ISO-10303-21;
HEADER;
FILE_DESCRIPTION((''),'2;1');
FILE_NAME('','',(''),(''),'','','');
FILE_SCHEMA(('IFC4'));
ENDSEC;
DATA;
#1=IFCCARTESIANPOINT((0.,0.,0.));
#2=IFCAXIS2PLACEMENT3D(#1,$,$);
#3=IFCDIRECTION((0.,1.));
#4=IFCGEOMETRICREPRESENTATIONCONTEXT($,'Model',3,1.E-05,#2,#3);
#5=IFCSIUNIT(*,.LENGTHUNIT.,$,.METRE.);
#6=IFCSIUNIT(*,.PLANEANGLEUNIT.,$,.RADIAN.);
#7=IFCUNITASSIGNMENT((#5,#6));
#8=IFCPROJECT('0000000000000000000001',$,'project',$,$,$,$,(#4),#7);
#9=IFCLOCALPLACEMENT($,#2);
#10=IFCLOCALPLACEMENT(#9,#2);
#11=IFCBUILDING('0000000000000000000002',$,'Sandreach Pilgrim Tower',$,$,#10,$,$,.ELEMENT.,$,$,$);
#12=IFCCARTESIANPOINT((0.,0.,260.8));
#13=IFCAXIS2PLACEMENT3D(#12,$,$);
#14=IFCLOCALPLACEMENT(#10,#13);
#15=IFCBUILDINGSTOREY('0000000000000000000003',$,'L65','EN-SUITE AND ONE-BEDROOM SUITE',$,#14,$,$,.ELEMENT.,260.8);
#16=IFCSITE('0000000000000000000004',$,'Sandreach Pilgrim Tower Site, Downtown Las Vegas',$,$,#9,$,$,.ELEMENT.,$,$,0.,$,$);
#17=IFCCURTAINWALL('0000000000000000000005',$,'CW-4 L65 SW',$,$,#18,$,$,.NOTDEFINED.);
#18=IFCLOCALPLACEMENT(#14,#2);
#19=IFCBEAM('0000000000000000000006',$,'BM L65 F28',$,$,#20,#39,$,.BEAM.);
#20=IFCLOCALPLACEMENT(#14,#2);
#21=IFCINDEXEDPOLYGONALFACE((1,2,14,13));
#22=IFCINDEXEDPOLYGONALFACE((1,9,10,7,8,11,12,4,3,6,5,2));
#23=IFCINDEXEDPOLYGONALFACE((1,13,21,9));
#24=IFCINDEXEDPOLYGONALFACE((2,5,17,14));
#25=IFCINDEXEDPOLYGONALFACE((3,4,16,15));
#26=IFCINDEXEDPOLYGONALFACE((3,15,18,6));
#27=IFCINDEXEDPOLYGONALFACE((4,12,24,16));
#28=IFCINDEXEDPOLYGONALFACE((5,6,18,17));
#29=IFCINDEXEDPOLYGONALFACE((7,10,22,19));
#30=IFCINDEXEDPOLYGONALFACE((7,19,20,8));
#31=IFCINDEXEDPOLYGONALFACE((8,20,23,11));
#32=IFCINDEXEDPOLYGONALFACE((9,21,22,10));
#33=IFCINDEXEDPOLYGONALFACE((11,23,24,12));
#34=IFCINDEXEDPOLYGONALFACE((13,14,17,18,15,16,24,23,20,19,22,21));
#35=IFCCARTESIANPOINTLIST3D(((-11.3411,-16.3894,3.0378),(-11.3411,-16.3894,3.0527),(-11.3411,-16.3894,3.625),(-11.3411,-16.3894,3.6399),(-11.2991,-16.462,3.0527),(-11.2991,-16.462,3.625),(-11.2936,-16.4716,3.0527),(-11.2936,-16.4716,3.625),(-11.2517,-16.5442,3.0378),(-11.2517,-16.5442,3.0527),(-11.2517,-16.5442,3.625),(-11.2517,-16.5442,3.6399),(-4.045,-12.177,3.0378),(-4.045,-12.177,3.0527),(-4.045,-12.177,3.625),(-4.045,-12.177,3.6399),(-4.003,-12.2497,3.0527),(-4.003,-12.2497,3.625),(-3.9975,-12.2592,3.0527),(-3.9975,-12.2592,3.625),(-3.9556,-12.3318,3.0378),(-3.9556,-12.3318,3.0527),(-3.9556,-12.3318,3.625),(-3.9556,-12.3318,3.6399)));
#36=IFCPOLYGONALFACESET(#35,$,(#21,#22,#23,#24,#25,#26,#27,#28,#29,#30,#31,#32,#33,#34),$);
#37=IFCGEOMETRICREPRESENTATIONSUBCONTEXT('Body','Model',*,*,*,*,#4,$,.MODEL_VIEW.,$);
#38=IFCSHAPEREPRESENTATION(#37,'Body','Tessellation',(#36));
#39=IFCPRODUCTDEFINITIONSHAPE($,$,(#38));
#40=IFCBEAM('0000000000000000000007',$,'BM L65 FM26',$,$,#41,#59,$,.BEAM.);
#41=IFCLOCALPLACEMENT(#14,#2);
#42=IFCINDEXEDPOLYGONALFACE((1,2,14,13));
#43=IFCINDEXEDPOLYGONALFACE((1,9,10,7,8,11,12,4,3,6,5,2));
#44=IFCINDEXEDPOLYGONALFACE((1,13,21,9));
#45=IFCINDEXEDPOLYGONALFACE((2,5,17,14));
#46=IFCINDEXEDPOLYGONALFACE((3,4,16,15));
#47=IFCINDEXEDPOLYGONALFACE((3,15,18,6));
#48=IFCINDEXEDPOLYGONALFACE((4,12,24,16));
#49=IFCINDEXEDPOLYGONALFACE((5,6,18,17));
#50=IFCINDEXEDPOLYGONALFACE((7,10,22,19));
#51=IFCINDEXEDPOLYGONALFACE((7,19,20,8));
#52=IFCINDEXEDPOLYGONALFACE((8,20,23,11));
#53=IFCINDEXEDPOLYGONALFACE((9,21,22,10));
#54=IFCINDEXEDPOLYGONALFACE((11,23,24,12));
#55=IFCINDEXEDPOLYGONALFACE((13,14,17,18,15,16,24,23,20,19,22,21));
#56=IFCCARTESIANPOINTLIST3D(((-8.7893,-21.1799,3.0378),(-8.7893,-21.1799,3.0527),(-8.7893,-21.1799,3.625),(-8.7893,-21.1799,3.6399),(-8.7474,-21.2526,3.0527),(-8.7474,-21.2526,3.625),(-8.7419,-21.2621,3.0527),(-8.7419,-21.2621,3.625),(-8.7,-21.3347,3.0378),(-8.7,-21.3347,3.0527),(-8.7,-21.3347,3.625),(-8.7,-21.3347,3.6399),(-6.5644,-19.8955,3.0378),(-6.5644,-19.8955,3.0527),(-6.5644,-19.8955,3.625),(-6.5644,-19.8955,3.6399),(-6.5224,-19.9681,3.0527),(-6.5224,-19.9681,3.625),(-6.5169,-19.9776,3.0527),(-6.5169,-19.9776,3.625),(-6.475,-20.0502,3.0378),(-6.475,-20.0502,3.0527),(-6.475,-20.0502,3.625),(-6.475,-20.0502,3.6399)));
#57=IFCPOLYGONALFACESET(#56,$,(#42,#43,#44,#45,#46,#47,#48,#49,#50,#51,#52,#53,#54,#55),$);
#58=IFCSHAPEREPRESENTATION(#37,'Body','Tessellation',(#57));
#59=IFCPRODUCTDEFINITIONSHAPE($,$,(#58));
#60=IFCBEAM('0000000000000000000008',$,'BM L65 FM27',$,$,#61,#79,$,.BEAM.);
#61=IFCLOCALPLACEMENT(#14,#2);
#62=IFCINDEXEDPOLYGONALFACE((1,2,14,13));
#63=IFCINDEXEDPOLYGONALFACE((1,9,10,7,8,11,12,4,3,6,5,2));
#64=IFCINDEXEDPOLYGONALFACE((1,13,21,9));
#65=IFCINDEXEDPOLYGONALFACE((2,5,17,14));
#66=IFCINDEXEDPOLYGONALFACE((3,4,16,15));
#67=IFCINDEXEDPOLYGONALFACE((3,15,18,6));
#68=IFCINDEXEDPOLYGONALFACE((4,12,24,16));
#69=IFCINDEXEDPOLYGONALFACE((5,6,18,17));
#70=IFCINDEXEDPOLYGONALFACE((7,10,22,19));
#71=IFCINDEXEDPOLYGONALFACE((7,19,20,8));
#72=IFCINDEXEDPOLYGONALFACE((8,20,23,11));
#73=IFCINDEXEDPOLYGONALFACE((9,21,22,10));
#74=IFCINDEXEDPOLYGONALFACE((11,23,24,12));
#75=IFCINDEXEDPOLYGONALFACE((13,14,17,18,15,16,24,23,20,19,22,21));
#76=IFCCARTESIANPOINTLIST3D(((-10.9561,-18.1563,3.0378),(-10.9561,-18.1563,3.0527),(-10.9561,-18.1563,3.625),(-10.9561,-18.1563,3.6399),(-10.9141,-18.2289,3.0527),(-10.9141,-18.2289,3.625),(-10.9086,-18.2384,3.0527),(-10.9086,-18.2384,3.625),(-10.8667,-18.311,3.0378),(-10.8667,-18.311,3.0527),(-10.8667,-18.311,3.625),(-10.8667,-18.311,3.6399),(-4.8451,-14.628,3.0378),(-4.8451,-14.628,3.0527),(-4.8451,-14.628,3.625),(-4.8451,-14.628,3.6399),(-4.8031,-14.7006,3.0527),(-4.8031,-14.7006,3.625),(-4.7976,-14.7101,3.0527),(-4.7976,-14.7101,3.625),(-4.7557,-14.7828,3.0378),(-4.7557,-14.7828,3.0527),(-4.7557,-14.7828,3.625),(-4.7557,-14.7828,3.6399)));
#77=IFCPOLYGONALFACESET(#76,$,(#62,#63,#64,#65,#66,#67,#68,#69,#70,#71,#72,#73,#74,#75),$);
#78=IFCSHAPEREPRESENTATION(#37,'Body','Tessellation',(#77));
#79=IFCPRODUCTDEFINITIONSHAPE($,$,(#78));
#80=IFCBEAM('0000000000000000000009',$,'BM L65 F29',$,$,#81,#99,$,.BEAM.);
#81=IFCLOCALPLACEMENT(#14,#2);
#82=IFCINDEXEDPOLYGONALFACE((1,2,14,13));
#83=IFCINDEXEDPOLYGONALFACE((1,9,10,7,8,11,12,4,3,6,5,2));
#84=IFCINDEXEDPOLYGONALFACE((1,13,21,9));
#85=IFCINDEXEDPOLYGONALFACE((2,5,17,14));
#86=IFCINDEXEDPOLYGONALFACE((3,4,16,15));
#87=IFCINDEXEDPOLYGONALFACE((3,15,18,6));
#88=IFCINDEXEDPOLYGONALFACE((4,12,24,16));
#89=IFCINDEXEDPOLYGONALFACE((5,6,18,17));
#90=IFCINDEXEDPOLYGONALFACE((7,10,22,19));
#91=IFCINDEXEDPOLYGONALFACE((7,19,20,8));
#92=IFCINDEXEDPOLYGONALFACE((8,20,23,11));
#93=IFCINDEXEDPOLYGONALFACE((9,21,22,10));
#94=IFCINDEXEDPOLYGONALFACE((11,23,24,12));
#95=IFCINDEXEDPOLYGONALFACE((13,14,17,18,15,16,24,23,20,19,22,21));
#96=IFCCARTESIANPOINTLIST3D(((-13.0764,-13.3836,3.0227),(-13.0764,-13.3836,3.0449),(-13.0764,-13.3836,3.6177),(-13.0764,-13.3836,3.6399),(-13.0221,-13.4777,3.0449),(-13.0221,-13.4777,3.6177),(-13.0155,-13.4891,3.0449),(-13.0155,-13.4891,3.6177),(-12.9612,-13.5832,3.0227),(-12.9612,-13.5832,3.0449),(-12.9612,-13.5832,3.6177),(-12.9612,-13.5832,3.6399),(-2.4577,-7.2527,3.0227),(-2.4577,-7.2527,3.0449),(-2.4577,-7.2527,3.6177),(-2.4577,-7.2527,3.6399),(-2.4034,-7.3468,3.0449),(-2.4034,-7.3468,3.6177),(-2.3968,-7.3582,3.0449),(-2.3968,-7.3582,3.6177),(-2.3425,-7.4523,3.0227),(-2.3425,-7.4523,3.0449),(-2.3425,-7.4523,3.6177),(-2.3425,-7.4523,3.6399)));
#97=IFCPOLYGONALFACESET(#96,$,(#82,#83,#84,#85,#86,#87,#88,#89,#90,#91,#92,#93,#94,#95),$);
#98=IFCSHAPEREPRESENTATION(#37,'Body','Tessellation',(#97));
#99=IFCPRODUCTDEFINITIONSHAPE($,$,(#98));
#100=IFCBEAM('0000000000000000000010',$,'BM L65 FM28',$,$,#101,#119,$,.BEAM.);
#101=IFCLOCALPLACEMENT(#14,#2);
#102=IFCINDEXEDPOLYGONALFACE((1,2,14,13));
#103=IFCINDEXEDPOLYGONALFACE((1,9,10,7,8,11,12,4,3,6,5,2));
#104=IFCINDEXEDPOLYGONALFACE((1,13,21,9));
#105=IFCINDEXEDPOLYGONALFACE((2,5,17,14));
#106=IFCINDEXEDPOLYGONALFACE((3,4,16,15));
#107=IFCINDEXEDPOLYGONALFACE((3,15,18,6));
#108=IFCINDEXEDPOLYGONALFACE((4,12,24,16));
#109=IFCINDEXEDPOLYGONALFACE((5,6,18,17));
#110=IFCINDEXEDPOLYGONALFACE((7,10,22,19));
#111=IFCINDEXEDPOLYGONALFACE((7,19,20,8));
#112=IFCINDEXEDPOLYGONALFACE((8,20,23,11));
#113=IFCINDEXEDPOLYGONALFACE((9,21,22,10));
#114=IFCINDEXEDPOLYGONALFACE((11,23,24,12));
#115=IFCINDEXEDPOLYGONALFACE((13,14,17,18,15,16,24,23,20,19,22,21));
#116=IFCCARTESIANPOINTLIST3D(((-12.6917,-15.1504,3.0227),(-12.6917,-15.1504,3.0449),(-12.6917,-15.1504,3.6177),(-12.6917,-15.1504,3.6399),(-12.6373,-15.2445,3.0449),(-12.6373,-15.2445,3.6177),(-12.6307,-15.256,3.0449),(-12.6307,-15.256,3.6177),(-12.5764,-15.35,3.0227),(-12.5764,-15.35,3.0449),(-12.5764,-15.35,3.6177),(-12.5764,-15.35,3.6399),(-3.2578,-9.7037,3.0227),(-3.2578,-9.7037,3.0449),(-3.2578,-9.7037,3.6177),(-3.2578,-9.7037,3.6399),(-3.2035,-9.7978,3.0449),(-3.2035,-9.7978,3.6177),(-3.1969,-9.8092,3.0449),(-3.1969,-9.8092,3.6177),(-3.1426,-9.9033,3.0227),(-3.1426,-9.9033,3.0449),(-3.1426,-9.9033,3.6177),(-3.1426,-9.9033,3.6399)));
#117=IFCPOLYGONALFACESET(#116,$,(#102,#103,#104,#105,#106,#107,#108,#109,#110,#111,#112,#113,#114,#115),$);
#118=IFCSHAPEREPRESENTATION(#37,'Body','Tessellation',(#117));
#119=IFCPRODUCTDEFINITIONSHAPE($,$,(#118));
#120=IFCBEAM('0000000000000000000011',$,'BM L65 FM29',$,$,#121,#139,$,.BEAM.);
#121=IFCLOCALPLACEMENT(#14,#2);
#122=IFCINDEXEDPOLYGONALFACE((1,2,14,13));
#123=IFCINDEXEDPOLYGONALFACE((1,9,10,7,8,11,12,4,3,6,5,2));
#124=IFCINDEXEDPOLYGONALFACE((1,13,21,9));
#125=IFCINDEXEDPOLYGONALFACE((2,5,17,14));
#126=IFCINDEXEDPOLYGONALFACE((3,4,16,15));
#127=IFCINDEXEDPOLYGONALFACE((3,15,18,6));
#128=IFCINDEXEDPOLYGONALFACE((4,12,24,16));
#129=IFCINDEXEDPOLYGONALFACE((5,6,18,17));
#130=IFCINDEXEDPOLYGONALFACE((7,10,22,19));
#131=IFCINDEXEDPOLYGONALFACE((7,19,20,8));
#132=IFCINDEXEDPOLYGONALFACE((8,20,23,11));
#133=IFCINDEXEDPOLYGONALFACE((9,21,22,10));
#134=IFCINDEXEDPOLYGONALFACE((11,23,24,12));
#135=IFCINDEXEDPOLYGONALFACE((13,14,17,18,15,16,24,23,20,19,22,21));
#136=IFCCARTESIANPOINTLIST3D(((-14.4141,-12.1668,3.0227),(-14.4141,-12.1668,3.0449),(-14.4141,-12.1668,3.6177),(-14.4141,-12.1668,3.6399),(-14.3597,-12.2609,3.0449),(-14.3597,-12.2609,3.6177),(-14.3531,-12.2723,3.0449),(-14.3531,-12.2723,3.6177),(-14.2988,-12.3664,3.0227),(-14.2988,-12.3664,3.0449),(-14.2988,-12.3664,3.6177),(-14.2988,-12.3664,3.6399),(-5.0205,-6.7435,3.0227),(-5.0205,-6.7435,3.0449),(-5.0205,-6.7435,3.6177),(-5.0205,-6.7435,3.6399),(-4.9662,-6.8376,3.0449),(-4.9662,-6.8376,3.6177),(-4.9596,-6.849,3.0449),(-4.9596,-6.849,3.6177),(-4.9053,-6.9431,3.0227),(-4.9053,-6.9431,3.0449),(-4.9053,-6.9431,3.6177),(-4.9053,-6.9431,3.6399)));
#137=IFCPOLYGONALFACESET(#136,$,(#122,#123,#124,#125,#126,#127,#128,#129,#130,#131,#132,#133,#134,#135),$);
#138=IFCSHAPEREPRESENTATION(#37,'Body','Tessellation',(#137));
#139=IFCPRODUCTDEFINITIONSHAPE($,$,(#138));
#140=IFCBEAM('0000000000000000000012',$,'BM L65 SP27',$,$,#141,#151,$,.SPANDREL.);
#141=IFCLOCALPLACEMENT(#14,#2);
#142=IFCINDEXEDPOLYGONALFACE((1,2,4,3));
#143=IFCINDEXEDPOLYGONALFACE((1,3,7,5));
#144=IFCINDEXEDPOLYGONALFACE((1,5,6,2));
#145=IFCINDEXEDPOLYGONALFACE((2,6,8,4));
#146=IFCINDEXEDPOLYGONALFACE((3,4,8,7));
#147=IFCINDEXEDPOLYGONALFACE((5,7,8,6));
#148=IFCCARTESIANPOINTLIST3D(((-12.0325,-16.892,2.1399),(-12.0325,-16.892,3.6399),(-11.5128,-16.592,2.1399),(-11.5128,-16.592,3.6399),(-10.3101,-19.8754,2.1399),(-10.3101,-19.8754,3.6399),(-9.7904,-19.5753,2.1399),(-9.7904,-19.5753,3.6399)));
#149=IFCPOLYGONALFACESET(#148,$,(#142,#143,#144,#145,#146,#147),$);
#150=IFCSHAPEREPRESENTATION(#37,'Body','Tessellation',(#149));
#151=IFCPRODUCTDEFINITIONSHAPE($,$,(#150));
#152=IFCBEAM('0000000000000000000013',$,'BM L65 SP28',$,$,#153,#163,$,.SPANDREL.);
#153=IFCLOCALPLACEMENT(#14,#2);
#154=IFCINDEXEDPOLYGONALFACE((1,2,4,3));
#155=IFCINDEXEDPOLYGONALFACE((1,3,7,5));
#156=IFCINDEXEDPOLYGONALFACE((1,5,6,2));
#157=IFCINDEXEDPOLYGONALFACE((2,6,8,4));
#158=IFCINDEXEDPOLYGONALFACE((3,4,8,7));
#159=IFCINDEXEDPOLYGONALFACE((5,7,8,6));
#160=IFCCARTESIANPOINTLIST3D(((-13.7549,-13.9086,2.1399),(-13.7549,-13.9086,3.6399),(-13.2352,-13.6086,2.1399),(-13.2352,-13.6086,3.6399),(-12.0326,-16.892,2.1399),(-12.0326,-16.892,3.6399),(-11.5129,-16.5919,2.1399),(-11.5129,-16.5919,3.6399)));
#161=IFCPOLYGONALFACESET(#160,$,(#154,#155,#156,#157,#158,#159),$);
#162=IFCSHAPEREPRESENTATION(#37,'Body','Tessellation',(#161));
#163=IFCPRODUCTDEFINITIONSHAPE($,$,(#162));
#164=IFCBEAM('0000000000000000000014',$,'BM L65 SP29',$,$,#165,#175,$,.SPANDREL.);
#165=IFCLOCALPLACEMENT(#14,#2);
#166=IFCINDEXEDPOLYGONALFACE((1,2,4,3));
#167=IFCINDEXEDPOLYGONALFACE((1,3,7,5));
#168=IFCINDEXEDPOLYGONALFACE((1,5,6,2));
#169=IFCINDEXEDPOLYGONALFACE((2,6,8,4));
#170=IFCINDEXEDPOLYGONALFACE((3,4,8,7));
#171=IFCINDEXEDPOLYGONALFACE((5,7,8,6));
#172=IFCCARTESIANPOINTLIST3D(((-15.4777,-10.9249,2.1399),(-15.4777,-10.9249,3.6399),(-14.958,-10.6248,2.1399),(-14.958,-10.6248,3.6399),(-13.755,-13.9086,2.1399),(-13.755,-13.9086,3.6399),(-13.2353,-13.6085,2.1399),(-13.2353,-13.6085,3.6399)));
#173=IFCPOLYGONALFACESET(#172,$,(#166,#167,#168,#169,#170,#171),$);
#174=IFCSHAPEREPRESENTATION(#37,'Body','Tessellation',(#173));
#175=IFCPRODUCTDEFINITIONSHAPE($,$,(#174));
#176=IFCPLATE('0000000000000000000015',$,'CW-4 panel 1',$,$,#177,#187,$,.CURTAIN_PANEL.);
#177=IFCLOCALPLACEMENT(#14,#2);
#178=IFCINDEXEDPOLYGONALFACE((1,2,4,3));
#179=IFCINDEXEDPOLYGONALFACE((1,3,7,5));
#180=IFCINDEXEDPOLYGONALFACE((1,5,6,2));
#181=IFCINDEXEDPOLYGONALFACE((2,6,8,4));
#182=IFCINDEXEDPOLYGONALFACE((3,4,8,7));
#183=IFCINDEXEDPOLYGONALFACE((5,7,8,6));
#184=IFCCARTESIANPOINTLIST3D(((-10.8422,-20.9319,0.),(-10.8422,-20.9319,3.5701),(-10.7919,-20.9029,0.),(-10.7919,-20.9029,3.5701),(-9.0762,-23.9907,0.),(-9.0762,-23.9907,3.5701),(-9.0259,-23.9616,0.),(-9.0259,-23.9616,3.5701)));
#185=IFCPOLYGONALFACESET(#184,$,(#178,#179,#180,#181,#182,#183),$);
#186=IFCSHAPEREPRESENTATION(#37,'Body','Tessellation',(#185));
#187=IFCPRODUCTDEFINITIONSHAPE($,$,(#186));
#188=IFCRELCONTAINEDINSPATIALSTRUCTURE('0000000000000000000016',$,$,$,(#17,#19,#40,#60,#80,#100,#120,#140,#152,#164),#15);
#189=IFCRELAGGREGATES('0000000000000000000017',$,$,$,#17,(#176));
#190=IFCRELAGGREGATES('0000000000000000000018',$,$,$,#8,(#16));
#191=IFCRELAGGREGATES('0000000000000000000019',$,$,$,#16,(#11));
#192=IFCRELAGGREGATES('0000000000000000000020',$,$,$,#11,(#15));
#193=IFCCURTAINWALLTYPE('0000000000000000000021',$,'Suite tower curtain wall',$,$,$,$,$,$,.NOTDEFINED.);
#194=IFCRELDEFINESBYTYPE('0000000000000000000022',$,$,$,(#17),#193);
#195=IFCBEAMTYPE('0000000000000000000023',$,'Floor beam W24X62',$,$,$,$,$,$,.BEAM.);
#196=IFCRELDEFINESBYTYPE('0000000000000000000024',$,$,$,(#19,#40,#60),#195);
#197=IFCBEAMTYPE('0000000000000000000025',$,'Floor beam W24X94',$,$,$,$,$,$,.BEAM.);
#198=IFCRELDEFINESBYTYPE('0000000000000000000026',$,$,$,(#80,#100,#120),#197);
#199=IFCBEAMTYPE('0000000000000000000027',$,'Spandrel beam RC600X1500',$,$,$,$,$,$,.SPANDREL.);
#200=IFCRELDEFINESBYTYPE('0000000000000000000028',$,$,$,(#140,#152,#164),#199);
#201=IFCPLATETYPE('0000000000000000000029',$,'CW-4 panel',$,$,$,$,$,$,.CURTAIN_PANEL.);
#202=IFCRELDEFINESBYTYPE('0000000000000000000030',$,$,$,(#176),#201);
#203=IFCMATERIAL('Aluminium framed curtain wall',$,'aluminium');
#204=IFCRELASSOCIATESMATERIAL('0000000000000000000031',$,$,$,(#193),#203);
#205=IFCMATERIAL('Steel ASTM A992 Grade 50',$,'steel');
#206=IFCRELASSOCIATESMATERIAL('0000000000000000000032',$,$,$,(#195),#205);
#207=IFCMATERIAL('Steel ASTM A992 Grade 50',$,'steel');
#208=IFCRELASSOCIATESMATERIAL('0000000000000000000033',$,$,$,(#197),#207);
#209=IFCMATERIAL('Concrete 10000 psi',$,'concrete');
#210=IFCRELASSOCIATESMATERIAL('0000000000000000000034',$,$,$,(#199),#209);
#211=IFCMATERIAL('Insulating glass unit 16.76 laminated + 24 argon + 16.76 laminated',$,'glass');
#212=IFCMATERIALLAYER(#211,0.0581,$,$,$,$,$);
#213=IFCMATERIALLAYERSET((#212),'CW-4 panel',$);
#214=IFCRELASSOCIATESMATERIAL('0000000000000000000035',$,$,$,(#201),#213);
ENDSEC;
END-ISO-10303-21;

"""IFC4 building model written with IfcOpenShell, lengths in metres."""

from ifc_helpers import new_model, si_unit, direction, frame, origin, origin_2d, place, context, subcontext, project, spatial, rectangle, i_section, extrude, material, layer, layer_set, material_profile, profile_set, type_object, element, aggregate, save


model = new_model("IFC4")

# Units and contexts
model_context = context("Model", 3, precision=1e-05, world=origin(), true_north=direction((0.0, 1.0)))
body_context = subcontext(model_context, "Body", "Model", "MODEL_VIEW")
ifc_project = project(units=[si_unit("LENGTHUNIT", "METRE"), si_unit("PLANEANGLEUNIT", "RADIAN")], contexts=[model_context])

# Site, building, storey
site_placement = place(None, origin())
site = spatial("IfcSite", under=ifc_project, at=site_placement, Name="Sandreach Pilgrim Tower Site, Downtown Las Vegas", CompositionType="ELEMENT", RefElevation=0.0)
building_placement = place(site_placement, origin())
building = spatial("IfcBuilding", under=site, at=building_placement, Name="Sandreach Pilgrim Tower", CompositionType="ELEMENT")
storey_placement = place(building_placement, frame((0.0, 0.0, 260.8)))
storey = spatial("IfcBuildingStorey", under=building, at=storey_placement, Name="L65", Description="EN-SUITE AND ONE-BEDROOM SUITE", CompositionType="ELEMENT", Elevation=260.8)

# Shared definitions
ifc_material_1 = material(Name="Aluminium framed curtain wall", Category="aluminium")
curtain_wall_type = type_object("IfcCurtainWallType", Name="Suite tower curtain wall", PredefinedType="NOTDEFINED", material=ifc_material_1)

# Curtain wall
curtain_wall_1_placement = place(storey_placement, origin())
curtain_wall_1 = element("IfcCurtainWall", 1, at=curtain_wall_1_placement, inside=storey, type_object=curtain_wall_type, Name="CW-4 L65 SW", PredefinedType="NOTDEFINED")

# Beams
ifc_material_2 = material(Name="Steel ASTM A992 Grade 50", Category="steel")
ifc_material_profile_1 = material_profile(ifc_material_2, i_section(OverallWidth=0.1787, OverallDepth=0.6021, WebThickness=0.011, FlangeThickness=0.0149, at=origin_2d()), Name="W24X62")
ifc_profile_set_1 = profile_set([ifc_material_profile_1], Name="Steel ASTM A992 Grade 50")
beam_type_1 = type_object("IfcBeamType", Name="Floor beam W24X62", PredefinedType="BEAM", material=ifc_profile_set_1)
beam_1_placement = place(storey_placement, frame((-11.2964, -16.4668, 3.3389), z_axis=(0.866027, 0.499998, 0.0), x_axis=(-0.499998, 0.866027, 0.0)))
element("IfcBeam", 2, at=beam_1_placement, inside=storey, type_object=beam_type_1, Name="BM L65 F28", PredefinedType="BEAM", context=body_context, shape_type="SweptSolid", body=[
    extrude(i_section(OverallWidth=0.1787, OverallDepth=0.6021, WebThickness=0.011, FlangeThickness=0.0149, at=origin_2d()), origin(), (0.0, 0.0, 1.0), 8.4248),
])
beam_2_placement = place(storey_placement, frame((-8.7446, -21.2573, 3.3389), z_axis=(0.866042, 0.499972, 0.0), x_axis=(-0.499972, 0.866042, 0.0)))
element("IfcBeam", 3, at=beam_2_placement, inside=storey, type_object=beam_type_1, Name="BM L65 FM26", PredefinedType="BEAM", context=body_context, shape_type="SweptSolid", body=[
    extrude(i_section(OverallWidth=0.1787, OverallDepth=0.6021, WebThickness=0.011, FlangeThickness=0.0149, at=origin_2d()), origin(), (0.0, 0.0, 1.0), 2.5691),
])
beam_3_placement = place(storey_placement, frame((-10.9114, -18.2336, 3.3389), z_axis=(0.86602, 0.500009, 0.0), x_axis=(-0.500009, 0.86602, 0.0)))
element("IfcBeam", 4, at=beam_3_placement, inside=storey, type_object=beam_type_1, Name="BM L65 FM27", PredefinedType="BEAM", context=body_context, shape_type="SweptSolid", body=[
    extrude(i_section(OverallWidth=0.1787, OverallDepth=0.6021, WebThickness=0.011, FlangeThickness=0.0149, at=origin_2d()), origin(), (0.0, 0.0, 1.0), 7.0564),
])
ifc_material_3 = material(Name="Steel ASTM A992 Grade 50", Category="steel")
ifc_material_profile_2 = material_profile(ifc_material_3, i_section(OverallWidth=0.2305, OverallDepth=0.6172, WebThickness=0.0132, FlangeThickness=0.0222, at=origin_2d()), Name="W24X94")
ifc_profile_set_2 = profile_set([ifc_material_profile_2], Name="Steel ASTM A992 Grade 50")
beam_type_2 = type_object("IfcBeamType", Name="Floor beam W24X94", PredefinedType="BEAM", material=ifc_profile_set_2)
beam_4_placement = place(storey_placement, frame((-13.0188, -13.4834, 3.3313), z_axis=(0.866019, 0.500011, 0.0), x_axis=(-0.500011, 0.866019, 0.0)))
element("IfcBeam", 5, at=beam_4_placement, inside=storey, type_object=beam_type_2, Name="BM L65 F29", PredefinedType="BEAM", context=body_context, shape_type="SweptSolid", body=[
    extrude(i_section(OverallWidth=0.2305, OverallDepth=0.6172, WebThickness=0.0132, FlangeThickness=0.0222, at=origin_2d()), origin(), (0.0, 0.0, 1.0), 12.2615),
])
beam_5_placement = place(storey_placement, frame((-12.634, -15.2502, 3.3313), z_axis=(0.86602, 0.50001, 0.0), x_axis=(-0.50001, 0.86602, 0.0)))
element("IfcBeam", 6, at=beam_5_placement, inside=storey, type_object=beam_type_2, Name="BM L65 FM28", PredefinedType="BEAM", context=body_context, shape_type="SweptSolid", body=[
    extrude(i_section(OverallWidth=0.2305, OverallDepth=0.6172, WebThickness=0.0132, FlangeThickness=0.0222, at=origin_2d()), origin(), (0.0, 0.0, 1.0), 10.8933),
])
beam_6_placement = place(storey_placement, frame((-14.3564, -12.2666, 3.3313), z_axis=(0.866027, 0.499998, 0.0), x_axis=(-0.499998, 0.866027, 0.0)))
element("IfcBeam", 7, at=beam_6_placement, inside=storey, type_object=beam_type_2, Name="BM L65 FM29", PredefinedType="BEAM", context=body_context, shape_type="SweptSolid", body=[
    extrude(i_section(OverallWidth=0.2305, OverallDepth=0.6172, WebThickness=0.0132, FlangeThickness=0.0222, at=origin_2d()), origin(), (0.0, 0.0, 1.0), 10.8467),
])
ifc_material_4 = material(Name="Concrete 10000 psi", Category="concrete")
ifc_material_profile_3 = material_profile(ifc_material_4, rectangle(XDim=0.6001, YDim=1.5, at=origin_2d()), Name="RC600X1500")
ifc_profile_set_3 = profile_set([ifc_material_profile_3], Name="Concrete 10000 psi")
beam_type_3 = type_object("IfcBeamType", Name="Spandrel beam RC600X1500", PredefinedType="SPANDREL", material=ifc_profile_set_3)
for number, where, z_axis, x_axis, name in (
    (8, (-10.0503, -19.7253, 2.8899), (-0.499988, 0.866032, 0.0), (-0.866032, -0.499988, 0.0), "BM L65 SP27"),
    (9, (-11.7727, -16.7419, 2.8899), (-0.499988, 0.866032, 0.0), (-0.866032, -0.499988, 0.0), "BM L65 SP28"),
):
    element("IfcBeam", number, at=place(storey_placement, frame(where, z_axis=z_axis, x_axis=x_axis)), inside=storey, type_object=beam_type_3, Name=name, PredefinedType="SPANDREL", context=body_context, shape_type="SweptSolid", body=[
        extrude(rectangle(XDim=0.6001, YDim=1.5, at=origin_2d()), origin(), (0.0, 0.0, 1.0), 3.4448),
    ])
beam_7_placement = place(storey_placement, frame((-13.4951, -13.7585, 2.8899), z_axis=(-0.500011, 0.866019, 0.0), x_axis=(-0.866019, -0.500011, 0.0)))
element("IfcBeam", 10, at=beam_7_placement, inside=storey, type_object=beam_type_3, Name="BM L65 SP29", PredefinedType="SPANDREL", context=body_context, shape_type="SweptSolid", body=[
    extrude(rectangle(XDim=0.6001, YDim=1.5, at=origin_2d()), origin(), (0.0, 0.0, 1.0), 3.4453),
])

# Plate
ifc_material_5 = material(Name="Insulating glass unit 16.76 laminated + 24 argon + 16.76 laminated", Category="glass")
ifc_layer_1 = layer(ifc_material_5, 0.0581)
ifc_layer_set_1 = layer_set([ifc_layer_1], Name="CW-4 panel")
plate_type = type_object("IfcPlateType", Name="CW-4 panel", PredefinedType="CURTAIN_PANEL", material=ifc_layer_set_1)
plate_1_placement = place(storey_placement, frame((-9.9341, -22.4468, 0.0), z_axis=(0.0, 0.0, 1.0), x_axis=(-0.5, 0.866025, 0.0)))
plate_1 = element("IfcPlate", 11, at=plate_1_placement, type_object=plate_type, Name="CW-4 panel 1", PredefinedType="CURTAIN_PANEL", context=body_context, shape_type="SweptSolid", body=[
    extrude(rectangle(XDim=3.532, YDim=0.0581, at=origin_2d()), origin(), (0.0, 0.0, 1.0), 3.5701),
])
aggregate(curtain_wall_1, [plate_1])

save(model, "model.ifc")
